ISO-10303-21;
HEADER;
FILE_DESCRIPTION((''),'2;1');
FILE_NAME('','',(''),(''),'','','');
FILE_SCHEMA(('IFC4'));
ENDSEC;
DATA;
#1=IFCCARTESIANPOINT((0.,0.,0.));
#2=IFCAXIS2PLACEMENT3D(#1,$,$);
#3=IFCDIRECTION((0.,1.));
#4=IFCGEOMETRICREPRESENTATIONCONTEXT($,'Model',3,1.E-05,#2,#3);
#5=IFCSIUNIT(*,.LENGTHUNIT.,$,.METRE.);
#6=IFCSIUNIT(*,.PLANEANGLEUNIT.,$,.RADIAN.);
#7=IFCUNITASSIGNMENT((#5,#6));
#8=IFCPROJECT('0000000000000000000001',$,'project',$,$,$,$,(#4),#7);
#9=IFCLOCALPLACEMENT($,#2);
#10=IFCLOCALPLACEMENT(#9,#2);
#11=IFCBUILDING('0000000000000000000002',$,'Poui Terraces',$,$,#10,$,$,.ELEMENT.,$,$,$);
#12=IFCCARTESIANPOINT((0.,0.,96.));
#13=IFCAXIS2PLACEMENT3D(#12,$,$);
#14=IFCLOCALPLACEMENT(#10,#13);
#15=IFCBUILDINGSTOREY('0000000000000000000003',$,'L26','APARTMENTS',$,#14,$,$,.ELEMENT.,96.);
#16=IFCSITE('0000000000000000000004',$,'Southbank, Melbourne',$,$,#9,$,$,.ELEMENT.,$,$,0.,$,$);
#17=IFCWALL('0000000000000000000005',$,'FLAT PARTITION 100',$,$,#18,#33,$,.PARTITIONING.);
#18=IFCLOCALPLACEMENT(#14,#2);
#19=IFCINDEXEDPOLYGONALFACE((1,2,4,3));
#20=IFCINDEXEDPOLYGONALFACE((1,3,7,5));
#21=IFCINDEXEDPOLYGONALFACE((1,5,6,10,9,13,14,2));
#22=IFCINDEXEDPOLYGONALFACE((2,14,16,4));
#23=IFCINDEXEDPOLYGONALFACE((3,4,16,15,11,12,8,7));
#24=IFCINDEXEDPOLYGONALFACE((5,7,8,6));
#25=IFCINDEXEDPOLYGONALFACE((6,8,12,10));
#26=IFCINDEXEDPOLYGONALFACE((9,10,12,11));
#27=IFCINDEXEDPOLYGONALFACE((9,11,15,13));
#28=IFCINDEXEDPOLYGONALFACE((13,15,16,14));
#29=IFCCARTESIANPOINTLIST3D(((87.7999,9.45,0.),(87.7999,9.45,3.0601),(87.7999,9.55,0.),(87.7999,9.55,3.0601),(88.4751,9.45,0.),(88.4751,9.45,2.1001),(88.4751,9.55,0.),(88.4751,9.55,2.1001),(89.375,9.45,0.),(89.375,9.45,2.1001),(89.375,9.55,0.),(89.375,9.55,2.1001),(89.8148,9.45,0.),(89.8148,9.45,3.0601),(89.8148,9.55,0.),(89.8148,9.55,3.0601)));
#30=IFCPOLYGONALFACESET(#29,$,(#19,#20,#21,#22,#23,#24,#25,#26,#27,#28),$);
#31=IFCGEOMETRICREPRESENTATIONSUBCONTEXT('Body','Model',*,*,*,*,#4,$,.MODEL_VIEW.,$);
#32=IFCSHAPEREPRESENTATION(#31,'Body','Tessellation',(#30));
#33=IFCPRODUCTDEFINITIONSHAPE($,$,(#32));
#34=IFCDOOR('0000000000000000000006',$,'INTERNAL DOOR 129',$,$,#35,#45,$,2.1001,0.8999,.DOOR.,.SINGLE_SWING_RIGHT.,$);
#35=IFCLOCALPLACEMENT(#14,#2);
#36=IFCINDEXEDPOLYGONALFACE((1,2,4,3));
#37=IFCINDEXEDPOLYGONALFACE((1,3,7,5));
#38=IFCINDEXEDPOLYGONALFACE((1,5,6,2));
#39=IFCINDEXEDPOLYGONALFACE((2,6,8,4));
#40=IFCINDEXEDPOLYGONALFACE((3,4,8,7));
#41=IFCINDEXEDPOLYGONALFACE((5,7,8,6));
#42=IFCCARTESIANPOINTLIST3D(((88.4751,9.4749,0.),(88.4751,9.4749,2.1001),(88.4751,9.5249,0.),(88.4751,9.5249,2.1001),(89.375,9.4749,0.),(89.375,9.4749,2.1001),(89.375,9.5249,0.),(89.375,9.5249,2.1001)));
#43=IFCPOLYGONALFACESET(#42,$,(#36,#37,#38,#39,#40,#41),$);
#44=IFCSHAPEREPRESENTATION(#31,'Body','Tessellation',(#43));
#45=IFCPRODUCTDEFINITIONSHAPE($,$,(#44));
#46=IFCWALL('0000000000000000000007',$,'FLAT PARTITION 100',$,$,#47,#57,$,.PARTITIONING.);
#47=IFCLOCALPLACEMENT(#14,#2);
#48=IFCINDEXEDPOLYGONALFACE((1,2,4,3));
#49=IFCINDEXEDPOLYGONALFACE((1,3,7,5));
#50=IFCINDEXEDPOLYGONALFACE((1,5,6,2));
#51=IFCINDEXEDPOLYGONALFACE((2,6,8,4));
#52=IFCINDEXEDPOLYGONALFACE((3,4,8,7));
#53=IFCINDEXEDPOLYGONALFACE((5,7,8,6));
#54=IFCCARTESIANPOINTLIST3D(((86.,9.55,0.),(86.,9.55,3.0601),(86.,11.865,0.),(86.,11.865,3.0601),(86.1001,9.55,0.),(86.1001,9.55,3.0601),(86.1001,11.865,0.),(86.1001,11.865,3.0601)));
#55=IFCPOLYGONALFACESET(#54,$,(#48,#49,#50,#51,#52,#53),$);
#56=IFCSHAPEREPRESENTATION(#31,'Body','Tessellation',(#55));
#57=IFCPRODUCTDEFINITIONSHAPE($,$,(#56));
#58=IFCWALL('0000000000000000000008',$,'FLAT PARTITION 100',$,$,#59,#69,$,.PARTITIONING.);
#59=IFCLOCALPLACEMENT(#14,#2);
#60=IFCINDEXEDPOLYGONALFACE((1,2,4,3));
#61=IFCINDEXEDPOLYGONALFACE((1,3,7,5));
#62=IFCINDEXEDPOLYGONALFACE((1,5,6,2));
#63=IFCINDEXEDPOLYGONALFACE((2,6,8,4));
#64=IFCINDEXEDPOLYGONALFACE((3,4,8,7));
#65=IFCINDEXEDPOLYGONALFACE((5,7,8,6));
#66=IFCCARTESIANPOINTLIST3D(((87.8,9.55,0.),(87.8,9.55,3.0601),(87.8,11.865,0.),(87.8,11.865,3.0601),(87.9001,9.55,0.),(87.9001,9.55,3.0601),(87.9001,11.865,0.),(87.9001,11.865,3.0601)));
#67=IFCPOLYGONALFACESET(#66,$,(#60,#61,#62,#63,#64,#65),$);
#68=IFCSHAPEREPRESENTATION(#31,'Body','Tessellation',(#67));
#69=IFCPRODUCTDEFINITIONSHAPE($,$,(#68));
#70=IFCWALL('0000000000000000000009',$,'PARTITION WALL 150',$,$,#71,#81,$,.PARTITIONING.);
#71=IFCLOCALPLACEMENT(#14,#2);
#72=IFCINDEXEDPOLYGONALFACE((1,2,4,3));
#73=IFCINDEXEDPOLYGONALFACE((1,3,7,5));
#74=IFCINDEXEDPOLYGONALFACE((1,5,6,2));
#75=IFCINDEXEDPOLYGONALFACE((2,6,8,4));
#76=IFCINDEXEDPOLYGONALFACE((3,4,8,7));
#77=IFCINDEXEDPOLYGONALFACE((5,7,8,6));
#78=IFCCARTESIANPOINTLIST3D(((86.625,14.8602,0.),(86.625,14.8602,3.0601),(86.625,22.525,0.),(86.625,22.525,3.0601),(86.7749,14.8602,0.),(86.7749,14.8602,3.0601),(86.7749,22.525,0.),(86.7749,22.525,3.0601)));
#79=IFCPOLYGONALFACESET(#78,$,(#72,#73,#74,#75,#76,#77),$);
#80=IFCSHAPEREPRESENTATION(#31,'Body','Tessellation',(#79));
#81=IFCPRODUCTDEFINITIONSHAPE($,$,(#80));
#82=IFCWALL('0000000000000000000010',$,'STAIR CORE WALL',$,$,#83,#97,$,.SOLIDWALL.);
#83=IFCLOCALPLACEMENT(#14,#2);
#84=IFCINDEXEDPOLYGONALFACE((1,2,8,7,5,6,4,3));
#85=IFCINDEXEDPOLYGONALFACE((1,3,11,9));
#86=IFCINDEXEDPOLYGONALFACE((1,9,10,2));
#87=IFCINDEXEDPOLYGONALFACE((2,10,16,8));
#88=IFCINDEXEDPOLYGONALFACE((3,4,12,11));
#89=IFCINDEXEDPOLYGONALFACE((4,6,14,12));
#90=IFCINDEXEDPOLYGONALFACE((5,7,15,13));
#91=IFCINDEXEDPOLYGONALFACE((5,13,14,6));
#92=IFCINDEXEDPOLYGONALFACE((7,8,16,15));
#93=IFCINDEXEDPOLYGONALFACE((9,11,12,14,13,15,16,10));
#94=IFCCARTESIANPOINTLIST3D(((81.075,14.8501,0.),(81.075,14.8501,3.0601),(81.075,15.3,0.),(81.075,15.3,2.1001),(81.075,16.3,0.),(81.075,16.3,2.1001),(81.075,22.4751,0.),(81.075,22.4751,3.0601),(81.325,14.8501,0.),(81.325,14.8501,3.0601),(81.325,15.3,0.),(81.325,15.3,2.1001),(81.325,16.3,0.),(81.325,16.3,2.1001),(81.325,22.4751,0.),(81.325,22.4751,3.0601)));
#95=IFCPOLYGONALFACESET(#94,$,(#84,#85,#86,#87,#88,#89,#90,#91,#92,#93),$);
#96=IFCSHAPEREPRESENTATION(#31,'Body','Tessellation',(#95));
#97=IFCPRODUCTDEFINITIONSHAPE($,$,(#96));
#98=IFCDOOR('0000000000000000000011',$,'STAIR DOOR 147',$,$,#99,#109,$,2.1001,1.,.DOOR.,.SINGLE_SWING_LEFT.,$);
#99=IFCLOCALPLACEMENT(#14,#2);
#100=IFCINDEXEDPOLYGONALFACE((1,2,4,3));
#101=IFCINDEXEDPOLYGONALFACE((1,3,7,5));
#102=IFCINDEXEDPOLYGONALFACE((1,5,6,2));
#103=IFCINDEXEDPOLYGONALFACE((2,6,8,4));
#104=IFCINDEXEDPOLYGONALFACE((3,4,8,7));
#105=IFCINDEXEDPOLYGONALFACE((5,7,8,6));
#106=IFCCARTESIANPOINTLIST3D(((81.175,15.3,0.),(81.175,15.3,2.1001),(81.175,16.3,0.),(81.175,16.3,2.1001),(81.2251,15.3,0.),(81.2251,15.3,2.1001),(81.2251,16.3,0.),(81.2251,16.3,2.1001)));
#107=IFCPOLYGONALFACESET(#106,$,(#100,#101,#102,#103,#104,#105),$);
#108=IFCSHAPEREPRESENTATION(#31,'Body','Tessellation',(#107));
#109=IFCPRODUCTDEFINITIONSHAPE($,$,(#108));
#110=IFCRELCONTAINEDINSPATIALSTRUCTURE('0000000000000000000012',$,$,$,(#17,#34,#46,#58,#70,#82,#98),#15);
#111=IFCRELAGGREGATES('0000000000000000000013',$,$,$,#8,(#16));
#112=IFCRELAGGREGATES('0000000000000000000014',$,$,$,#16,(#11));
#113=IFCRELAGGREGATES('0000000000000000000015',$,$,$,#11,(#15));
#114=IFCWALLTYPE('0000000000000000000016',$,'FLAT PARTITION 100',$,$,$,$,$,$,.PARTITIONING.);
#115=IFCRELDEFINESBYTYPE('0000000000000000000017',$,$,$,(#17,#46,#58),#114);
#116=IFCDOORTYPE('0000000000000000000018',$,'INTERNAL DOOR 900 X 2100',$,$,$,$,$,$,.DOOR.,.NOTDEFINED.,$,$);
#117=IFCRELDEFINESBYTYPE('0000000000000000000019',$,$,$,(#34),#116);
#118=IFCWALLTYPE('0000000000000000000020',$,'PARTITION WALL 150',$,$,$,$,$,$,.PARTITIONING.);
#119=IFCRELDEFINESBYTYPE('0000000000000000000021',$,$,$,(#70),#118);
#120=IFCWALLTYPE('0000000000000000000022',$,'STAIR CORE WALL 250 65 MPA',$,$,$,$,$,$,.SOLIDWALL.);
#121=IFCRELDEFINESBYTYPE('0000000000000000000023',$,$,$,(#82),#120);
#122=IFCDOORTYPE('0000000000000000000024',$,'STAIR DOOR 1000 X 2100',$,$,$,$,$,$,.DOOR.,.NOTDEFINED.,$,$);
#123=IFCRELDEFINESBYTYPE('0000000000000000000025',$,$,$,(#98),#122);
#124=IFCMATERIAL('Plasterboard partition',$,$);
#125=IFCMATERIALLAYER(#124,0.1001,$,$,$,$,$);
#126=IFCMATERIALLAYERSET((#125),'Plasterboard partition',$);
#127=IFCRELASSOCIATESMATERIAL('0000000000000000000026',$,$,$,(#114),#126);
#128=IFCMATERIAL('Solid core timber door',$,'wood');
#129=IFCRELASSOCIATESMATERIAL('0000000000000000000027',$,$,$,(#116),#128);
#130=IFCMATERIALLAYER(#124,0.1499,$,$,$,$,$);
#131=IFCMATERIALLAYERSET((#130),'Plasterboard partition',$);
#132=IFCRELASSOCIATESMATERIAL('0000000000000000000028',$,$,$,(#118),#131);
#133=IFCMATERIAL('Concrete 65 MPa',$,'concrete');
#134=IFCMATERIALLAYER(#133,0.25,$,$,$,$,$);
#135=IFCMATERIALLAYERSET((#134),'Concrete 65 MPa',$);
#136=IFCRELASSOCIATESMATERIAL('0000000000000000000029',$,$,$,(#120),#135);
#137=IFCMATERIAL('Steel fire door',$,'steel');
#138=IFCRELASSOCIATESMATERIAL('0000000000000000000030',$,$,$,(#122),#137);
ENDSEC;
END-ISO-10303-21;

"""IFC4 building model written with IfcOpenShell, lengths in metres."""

from ifc_helpers import new_model, si_unit, direction, frame, frame_2d, origin, place, context, subcontext, project, spatial, rectangle, extrude, material, layer, layer_set, type_object, element, fill, save


model = new_model("IFC4")

# Units and contexts
model_context = context("Model", 3, precision=1e-05, world=origin(), true_north=direction((0.0, 1.0)))
body_context = subcontext(model_context, "Body", "Model", "MODEL_VIEW")
ifc_project = project(units=[si_unit("LENGTHUNIT", "METRE"), si_unit("PLANEANGLEUNIT", "RADIAN")], contexts=[model_context])

# Site, building, storey
site_placement = place(None, origin())
site = spatial("IfcSite", under=ifc_project, at=site_placement, Name="Southbank, Melbourne", CompositionType="ELEMENT", RefElevation=0.0)
building_placement = place(site_placement, origin())
building = spatial("IfcBuilding", under=site, at=building_placement, Name="Poui Terraces", CompositionType="ELEMENT")
storey_placement = place(building_placement, frame((0.0, 0.0, 96.0)))
storey = spatial("IfcBuildingStorey", under=building, at=storey_placement, Name="L26", Description="APARTMENTS", CompositionType="ELEMENT", Elevation=96.0)

# Shared definitions
ifc_material_1 = material(Name="Concrete 65 MPa", Category="concrete")

# Wall, opening, door
ifc_material_2 = material(Name="Steel fire door", Category="steel")
ifc_material_3 = material(Name="Solid core timber door", Category="wood")
ifc_material_4 = material(Name="Plasterboard partition")
ifc_layer_1 = layer(ifc_material_4, 0.1001)
ifc_layer_set_1 = layer_set([ifc_layer_1], Name="Plasterboard partition")
wall_type_1 = type_object("IfcWallType", Name="FLAT PARTITION 100", PredefinedType="PARTITIONING", material=ifc_layer_set_1)
wall_1_placement = place(storey_placement, frame((87.8, 9.5, 0.0), z_axis=(0.0, 0.0, 1.0), x_axis=(1.0, 0.0, 0.0)))
wall_1 = element("IfcWall", 1, at=wall_1_placement, inside=storey, type_object=wall_type_1, Name="FLAT PARTITION 100", PredefinedType="PARTITIONING", context=body_context, shape_type="SweptSolid", body=[
    extrude(rectangle(XDim=2.0149, YDim=0.1001, at=frame_2d((1.0073, 0.0))), origin(), (0.0, 0.0, 1.0), 3.0601),
])
opening_1_placement = place(wall_1_placement, frame((0.675, 0.0, 0.0)))
opening_1 = element("IfcOpeningElement", 2, at=opening_1_placement, cuts=wall_1, PredefinedType="OPENING", context=body_context, shape_type="SweptSolid", body=[
    extrude(rectangle(XDim=0.8999, YDim=2.1001, at=frame_2d((0.45, 1.05))), frame((0.0, 0.0601, 0.0), z_axis=(0.0, -1.0, 0.0), x_axis=(1.0, 0.0, 0.0)), (0.0, 0.0, 1.0), 0.1201),
])
door_type_1 = type_object("IfcDoorType", Name="INTERNAL DOOR 900 X 2100", OperationType="NOTDEFINED", PredefinedType="DOOR", material=ifc_material_3)
door_1_placement = place(opening_1_placement, origin())
door_1 = element("IfcDoor", 3, at=door_1_placement, inside=storey, type_object=door_type_1, Name="INTERNAL DOOR 129", OperationType="SINGLE_SWING_RIGHT", OverallHeight=2.1001, OverallWidth=0.8999, PredefinedType="DOOR", context=body_context, shape_type="SweptSolid", body=[
    extrude(rectangle(XDim=0.8999, YDim=2.1001, at=frame_2d((0.45, 1.05))), frame((0.0, 0.0249, 0.0), z_axis=(0.0, -1.0, 0.0), x_axis=(1.0, 0.0, 0.0)), (0.0, 0.0, 1.0), 0.05),
])
fill(opening_1, door_1)

# Walls
for number, where, z_axis, x_axis, name in (
    (4, (86.05, 9.55, 0.0), (0.0, 0.0, 1.0), (0.0, 1.0, 0.0), "FLAT PARTITION 100"),
    (5, (87.8501, 9.55, 0.0), (0.0, 0.0, 1.0), (0.0, 1.0, 0.0), "FLAT PARTITION 100"),
):
    element("IfcWall", number, at=place(storey_placement, frame(where, z_axis=z_axis, x_axis=x_axis)), inside=storey, type_object=wall_type_1, Name=name, PredefinedType="PARTITIONING", context=body_context, shape_type="SweptSolid", body=[
        extrude(rectangle(XDim=2.3149, YDim=0.1001, at=frame_2d((1.1575, 0.0))), origin(), (0.0, 0.0, 1.0), 3.0601),
    ])
ifc_layer_2 = layer(ifc_material_4, 0.1499)
ifc_layer_set_2 = layer_set([ifc_layer_2], Name="Plasterboard partition")
wall_type_2 = type_object("IfcWallType", Name="PARTITION WALL 150", PredefinedType="PARTITIONING", material=ifc_layer_set_2)
wall_2_placement = place(storey_placement, frame((86.7, 14.8601, 0.0), z_axis=(0.0, 0.0, 1.0), x_axis=(0.0, 1.0, 0.0)))
element("IfcWall", 6, at=wall_2_placement, inside=storey, type_object=wall_type_2, Name="PARTITION WALL 150", PredefinedType="PARTITIONING", context=body_context, shape_type="SweptSolid", body=[
    extrude(rectangle(XDim=7.6648, YDim=0.1499, at=frame_2d((3.8325, 0.0))), origin(), (0.0, 0.0, 1.0), 3.0601),
])

# Wall, opening, door
ifc_layer_3 = layer(ifc_material_1, 0.25)
ifc_layer_set_3 = layer_set([ifc_layer_3], Name="Concrete 65 MPa")
wall_type_3 = type_object("IfcWallType", Name="STAIR CORE WALL 250 65 MPA", PredefinedType="SOLIDWALL", material=ifc_layer_set_3)
wall_3_placement = place(storey_placement, frame((81.2, 14.8501, 0.0), z_axis=(0.0, 0.0, 1.0), x_axis=(0.0, 1.0, 0.0)))
wall_3 = element("IfcWall", 7, at=wall_3_placement, inside=storey, type_object=wall_type_3, Name="STAIR CORE WALL", PredefinedType="SOLIDWALL", context=body_context, shape_type="SweptSolid", body=[
    extrude(rectangle(XDim=7.625, YDim=0.25, at=frame_2d((3.8125, 0.0))), origin(), (0.0, 0.0, 1.0), 3.0601),
])
opening_2_placement = place(wall_3_placement, frame((0.45, 0.0, 0.0)))
opening_2 = element("IfcOpeningElement", 8, at=opening_2_placement, cuts=wall_3, PredefinedType="OPENING", context=body_context, shape_type="SweptSolid", body=[
    extrude(rectangle(XDim=1.0, YDim=2.1001, at=frame_2d((0.5, 1.05))), frame((0.0, 0.135, 0.0), z_axis=(0.0, -1.0, 0.0), x_axis=(1.0, 0.0, 0.0)), (0.0, 0.0, 1.0), 0.27),
])
door_type_2 = type_object("IfcDoorType", Name="STAIR DOOR 1000 X 2100", OperationType="NOTDEFINED", PredefinedType="DOOR", material=ifc_material_2)
door_2_placement = place(opening_2_placement, origin())
door_2 = element("IfcDoor", 9, at=door_2_placement, inside=storey, type_object=door_type_2, Name="STAIR DOOR 147", OperationType="SINGLE_SWING_LEFT", OverallHeight=2.1001, OverallWidth=1.0, PredefinedType="DOOR", context=body_context, shape_type="SweptSolid", body=[
    extrude(rectangle(XDim=1.0, YDim=2.1001, at=frame_2d((0.5, 1.05))), frame((0.0, 0.0249, 0.0), z_axis=(0.0, -1.0, 0.0), x_axis=(1.0, 0.0, 0.0)), (0.0, 0.0, 1.0), 0.05),
])
fill(opening_2, door_2)

save(model, "model.ifc")
